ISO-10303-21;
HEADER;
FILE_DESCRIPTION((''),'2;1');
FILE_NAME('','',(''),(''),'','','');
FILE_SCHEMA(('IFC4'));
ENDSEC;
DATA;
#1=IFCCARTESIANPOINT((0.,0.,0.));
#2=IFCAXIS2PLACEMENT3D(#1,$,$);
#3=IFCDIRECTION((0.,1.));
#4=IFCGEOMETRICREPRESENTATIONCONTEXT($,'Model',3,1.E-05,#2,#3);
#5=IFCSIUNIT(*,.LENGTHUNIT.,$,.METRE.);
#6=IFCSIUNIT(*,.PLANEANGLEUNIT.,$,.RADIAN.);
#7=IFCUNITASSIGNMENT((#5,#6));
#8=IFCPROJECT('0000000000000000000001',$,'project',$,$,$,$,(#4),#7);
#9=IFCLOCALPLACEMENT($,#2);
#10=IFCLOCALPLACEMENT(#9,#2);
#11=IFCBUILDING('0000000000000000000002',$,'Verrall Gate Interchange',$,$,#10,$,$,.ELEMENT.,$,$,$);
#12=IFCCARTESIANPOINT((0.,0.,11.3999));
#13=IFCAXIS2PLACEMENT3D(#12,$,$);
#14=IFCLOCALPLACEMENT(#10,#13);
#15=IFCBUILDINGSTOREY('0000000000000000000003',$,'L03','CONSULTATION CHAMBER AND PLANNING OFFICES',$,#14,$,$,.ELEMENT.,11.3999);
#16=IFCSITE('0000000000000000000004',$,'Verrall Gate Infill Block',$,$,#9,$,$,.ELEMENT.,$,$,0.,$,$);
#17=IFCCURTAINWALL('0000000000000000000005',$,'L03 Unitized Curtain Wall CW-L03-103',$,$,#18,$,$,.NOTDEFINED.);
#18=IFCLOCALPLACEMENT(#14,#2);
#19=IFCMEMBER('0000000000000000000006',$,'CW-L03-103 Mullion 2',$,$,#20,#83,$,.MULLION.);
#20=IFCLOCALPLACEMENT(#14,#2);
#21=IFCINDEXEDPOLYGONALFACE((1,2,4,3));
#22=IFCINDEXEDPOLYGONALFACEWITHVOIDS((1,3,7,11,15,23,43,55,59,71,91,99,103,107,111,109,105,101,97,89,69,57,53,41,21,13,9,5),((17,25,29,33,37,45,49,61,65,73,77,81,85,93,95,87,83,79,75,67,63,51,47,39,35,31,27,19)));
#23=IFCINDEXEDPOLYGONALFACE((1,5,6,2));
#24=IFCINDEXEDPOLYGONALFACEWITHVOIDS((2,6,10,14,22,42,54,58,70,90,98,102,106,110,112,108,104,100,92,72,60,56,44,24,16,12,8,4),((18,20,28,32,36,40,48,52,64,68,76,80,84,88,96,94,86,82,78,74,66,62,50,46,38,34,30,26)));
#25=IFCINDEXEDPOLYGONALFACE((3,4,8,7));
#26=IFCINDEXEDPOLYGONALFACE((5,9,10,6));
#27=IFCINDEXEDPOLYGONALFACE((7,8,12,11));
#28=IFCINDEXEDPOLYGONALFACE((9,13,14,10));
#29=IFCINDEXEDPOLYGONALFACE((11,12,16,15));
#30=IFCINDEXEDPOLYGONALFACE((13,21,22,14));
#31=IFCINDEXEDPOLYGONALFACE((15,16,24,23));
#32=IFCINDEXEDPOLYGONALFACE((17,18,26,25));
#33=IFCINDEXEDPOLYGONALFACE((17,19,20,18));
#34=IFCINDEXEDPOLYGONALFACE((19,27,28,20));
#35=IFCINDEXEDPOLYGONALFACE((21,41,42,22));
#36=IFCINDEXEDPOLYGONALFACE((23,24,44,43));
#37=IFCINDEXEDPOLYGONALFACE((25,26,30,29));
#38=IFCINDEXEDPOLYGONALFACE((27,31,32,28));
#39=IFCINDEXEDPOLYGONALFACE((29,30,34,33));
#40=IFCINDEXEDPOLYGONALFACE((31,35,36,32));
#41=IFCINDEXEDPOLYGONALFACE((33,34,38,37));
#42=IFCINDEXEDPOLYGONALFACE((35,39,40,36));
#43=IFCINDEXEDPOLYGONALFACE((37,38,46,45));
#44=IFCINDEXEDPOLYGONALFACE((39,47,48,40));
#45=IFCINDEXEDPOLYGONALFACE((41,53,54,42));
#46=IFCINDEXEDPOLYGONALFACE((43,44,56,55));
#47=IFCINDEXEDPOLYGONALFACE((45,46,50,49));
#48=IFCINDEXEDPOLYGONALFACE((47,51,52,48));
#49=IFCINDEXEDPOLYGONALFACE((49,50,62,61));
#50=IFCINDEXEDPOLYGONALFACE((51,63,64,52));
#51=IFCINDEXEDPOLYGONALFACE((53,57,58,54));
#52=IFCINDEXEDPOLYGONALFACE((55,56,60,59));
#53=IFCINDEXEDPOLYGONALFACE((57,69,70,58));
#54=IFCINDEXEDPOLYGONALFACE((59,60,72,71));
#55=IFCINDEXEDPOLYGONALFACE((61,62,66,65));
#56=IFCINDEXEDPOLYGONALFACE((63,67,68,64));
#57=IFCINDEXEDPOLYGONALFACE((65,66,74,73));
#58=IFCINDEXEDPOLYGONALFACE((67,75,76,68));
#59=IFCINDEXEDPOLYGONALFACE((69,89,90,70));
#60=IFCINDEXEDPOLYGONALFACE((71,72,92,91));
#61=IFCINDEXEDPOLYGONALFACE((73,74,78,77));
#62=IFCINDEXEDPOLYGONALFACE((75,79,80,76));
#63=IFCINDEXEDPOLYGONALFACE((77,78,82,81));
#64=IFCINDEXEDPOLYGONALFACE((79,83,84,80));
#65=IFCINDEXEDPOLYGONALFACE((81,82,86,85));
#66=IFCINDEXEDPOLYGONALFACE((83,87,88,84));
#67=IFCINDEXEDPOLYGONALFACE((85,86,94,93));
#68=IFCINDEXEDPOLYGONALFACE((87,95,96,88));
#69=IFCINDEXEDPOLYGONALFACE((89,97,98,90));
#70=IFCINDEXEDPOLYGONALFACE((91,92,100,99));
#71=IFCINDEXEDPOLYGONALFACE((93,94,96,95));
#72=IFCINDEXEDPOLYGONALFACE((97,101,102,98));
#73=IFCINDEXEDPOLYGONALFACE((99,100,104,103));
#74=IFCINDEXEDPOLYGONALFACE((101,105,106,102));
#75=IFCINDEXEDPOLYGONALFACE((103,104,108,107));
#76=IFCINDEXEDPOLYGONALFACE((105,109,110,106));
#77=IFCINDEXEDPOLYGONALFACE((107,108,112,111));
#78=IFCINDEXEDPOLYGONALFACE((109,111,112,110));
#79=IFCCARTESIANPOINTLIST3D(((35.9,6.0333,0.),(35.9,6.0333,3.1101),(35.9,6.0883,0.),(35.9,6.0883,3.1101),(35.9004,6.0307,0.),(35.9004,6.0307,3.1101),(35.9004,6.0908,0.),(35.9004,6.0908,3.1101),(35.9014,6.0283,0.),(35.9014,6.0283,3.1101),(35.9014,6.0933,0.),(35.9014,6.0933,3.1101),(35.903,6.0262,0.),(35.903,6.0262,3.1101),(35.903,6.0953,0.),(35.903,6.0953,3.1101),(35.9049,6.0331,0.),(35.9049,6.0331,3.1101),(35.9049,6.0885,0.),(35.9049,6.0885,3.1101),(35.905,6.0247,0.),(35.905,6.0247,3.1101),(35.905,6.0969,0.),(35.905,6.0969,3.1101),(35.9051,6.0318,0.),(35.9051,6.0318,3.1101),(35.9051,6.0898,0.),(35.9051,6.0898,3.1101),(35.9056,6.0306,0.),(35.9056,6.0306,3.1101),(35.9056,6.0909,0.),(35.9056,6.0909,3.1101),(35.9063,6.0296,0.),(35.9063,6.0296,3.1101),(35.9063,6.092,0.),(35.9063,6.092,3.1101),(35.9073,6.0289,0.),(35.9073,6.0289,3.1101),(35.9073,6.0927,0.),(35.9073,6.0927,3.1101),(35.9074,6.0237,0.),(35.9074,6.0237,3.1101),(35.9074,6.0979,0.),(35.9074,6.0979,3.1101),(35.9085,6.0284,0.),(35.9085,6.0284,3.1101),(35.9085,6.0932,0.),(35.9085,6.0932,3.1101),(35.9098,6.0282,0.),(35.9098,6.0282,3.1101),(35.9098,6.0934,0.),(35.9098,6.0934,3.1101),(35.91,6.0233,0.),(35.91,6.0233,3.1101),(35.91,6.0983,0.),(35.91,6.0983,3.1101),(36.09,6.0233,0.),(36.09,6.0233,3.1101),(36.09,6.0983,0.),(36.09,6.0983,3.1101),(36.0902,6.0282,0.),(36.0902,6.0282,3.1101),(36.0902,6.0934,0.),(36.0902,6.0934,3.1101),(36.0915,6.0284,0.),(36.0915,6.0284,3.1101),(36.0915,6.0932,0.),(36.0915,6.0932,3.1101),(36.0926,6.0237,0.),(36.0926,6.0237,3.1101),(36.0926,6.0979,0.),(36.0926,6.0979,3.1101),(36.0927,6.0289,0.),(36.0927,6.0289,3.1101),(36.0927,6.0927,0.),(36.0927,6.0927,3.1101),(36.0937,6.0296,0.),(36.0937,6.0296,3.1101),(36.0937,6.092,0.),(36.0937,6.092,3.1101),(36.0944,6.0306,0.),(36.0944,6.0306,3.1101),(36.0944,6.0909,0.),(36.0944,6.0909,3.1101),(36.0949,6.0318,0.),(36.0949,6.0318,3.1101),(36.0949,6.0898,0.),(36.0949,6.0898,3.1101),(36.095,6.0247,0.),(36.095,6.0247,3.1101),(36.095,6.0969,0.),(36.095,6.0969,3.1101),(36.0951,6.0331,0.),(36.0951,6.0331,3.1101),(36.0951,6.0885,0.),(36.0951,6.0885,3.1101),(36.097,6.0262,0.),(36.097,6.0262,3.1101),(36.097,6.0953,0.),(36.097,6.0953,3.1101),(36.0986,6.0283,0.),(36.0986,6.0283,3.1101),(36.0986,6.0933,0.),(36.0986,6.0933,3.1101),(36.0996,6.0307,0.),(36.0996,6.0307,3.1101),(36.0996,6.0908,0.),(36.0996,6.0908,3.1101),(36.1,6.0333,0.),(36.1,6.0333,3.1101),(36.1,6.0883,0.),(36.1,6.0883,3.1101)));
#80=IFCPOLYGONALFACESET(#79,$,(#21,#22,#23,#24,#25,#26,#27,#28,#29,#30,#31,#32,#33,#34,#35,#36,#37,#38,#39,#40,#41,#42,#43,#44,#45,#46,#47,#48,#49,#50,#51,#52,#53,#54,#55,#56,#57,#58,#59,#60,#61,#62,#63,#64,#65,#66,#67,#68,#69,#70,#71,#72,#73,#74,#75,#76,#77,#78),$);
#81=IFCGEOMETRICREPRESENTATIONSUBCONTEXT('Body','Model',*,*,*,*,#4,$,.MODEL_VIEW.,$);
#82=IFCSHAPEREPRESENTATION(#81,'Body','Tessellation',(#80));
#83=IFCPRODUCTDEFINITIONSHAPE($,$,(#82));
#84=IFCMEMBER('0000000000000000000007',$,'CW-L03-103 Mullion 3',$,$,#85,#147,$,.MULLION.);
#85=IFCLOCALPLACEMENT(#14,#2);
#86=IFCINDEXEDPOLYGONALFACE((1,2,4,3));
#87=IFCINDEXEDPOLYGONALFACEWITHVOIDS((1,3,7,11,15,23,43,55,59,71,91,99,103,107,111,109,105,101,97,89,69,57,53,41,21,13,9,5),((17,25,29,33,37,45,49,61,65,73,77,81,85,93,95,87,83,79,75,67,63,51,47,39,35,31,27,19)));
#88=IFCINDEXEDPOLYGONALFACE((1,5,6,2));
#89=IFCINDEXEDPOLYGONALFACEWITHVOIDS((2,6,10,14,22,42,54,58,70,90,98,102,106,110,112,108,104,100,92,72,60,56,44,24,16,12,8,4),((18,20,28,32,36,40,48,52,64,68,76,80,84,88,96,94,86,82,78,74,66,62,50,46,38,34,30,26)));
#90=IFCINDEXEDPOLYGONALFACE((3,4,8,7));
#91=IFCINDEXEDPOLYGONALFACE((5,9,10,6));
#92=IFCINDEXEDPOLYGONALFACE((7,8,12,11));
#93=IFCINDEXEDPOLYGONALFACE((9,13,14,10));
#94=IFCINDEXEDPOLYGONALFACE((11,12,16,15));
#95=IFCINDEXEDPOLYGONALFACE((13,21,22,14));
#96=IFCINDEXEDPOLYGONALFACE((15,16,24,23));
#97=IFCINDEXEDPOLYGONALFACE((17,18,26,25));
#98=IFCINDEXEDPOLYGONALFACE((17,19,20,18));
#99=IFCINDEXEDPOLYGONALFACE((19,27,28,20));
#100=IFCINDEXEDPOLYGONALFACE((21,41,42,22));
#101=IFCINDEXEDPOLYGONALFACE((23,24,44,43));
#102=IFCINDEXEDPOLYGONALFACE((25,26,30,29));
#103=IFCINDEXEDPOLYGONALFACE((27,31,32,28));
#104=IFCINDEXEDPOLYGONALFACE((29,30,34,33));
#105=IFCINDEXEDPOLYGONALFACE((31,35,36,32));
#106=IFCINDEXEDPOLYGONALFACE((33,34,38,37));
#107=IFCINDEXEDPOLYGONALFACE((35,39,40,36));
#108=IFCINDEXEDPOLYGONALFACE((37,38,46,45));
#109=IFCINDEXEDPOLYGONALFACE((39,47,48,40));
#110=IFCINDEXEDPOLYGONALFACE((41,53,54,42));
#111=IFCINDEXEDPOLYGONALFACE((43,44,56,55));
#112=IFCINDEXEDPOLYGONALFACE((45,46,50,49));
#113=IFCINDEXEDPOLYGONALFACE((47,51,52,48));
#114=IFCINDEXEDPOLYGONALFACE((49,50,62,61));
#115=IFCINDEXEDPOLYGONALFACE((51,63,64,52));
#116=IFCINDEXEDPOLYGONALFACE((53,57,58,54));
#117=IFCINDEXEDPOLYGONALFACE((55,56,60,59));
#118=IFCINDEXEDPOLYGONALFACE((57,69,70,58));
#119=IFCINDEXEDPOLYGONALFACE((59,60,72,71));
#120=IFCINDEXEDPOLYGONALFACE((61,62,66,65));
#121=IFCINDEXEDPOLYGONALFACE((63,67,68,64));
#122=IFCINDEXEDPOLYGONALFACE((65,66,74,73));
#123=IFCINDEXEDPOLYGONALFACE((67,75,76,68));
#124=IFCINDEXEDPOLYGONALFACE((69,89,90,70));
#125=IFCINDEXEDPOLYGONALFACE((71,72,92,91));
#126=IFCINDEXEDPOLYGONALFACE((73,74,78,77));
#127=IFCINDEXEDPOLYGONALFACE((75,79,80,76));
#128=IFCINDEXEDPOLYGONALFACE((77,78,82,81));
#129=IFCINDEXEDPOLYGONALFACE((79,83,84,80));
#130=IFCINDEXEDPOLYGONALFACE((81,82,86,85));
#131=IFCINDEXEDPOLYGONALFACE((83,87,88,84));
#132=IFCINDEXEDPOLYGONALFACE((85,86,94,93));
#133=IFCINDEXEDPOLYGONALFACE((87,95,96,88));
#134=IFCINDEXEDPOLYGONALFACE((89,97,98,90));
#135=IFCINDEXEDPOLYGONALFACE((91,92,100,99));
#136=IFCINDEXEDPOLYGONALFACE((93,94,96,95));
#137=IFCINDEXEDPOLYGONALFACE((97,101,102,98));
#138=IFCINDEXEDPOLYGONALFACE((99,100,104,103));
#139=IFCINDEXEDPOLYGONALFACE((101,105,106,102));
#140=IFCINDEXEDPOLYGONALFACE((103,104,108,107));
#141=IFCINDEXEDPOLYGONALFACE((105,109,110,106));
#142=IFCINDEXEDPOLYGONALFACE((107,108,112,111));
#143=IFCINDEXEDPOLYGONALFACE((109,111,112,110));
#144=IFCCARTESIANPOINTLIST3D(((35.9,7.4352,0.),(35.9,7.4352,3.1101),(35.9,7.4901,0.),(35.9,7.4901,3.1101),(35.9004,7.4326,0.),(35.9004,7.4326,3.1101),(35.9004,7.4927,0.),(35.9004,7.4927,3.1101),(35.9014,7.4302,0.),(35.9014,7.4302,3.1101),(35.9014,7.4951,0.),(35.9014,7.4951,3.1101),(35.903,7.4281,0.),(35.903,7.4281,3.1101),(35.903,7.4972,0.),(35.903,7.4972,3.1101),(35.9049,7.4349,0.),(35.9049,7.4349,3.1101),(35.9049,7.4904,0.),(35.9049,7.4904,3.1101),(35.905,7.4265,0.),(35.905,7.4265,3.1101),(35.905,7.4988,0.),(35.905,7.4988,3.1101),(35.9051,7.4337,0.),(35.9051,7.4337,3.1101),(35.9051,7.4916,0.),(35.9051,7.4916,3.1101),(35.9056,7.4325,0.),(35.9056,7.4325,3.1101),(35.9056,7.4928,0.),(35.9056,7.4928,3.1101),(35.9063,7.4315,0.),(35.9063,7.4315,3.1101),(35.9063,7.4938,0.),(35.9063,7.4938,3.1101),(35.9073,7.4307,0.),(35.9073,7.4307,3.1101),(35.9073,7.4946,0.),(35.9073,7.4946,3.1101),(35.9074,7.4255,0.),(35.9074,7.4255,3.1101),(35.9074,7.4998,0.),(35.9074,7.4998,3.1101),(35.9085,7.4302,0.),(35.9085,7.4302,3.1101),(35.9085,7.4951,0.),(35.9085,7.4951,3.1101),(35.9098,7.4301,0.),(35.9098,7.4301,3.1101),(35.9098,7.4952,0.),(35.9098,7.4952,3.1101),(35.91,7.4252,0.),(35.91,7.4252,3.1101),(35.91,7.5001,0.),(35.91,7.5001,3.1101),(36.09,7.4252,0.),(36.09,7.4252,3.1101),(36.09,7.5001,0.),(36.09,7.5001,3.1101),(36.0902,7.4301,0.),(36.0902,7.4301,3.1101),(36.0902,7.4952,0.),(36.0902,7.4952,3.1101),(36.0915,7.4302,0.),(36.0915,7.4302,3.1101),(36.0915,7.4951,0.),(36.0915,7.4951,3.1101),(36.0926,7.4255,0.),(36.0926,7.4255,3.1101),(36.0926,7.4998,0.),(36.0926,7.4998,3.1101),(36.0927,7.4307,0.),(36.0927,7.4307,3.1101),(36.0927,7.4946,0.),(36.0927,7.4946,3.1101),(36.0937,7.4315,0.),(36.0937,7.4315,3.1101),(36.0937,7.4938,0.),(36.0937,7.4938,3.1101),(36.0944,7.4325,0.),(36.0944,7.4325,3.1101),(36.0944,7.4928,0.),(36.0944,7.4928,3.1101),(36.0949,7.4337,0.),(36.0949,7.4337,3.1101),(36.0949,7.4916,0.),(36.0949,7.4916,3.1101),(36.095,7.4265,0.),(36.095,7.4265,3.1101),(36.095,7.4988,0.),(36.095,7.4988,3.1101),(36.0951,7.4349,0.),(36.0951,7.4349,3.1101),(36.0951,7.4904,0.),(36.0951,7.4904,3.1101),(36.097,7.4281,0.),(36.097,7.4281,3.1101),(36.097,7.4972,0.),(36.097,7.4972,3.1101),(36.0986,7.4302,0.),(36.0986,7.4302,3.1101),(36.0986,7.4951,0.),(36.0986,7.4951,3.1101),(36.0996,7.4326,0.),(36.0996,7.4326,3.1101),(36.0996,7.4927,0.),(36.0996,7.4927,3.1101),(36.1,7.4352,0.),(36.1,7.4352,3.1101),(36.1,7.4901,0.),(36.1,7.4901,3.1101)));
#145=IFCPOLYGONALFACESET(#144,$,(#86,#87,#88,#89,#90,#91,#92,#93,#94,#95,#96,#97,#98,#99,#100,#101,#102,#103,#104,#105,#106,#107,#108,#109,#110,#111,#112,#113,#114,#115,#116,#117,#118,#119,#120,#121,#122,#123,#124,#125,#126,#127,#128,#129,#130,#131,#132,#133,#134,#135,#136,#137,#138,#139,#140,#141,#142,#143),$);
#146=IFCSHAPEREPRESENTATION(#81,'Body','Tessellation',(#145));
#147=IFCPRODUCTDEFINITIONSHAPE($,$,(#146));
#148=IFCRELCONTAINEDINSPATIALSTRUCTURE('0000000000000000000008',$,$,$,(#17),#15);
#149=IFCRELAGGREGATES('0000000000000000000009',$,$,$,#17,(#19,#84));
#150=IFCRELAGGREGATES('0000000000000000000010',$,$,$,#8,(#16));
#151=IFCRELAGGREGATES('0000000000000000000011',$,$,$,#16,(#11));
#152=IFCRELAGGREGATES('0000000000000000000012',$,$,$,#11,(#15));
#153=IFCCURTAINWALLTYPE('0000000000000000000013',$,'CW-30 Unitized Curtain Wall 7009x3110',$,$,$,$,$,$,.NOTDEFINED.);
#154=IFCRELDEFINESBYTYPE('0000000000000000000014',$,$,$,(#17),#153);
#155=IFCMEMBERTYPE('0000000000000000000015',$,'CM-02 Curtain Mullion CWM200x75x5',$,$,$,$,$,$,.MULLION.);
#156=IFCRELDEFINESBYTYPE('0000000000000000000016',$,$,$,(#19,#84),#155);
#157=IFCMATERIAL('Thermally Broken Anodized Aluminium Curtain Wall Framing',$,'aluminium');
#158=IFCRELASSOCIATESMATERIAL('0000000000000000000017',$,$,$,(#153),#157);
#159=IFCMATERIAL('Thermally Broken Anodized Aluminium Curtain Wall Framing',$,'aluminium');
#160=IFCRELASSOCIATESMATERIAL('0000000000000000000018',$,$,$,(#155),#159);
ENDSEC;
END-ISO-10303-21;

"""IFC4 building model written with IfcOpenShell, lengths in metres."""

from ifc_helpers import new_model, si_unit, direction, frame, origin, origin_2d, place, context, subcontext, project, spatial, hollow_rectangle, extrude, material, material_profile, profile_set, type_object, element, aggregate, save


model = new_model("IFC4")

# Units and contexts
model_context = context("Model", 3, precision=1e-05, world=origin(), true_north=direction((0.0, 1.0)))
body_context = subcontext(model_context, "Body", "Model", "MODEL_VIEW")
ifc_project = project(units=[si_unit("LENGTHUNIT", "METRE"), si_unit("PLANEANGLEUNIT", "RADIAN")], contexts=[model_context])

# Site, building, storey
site_placement = place(None, origin())
site = spatial("IfcSite", under=ifc_project, at=site_placement, Name="Verrall Gate Infill Block", CompositionType="ELEMENT", RefElevation=0.0)
building_placement = place(site_placement, origin())
building = spatial("IfcBuilding", under=site, at=building_placement, Name="Verrall Gate Interchange", CompositionType="ELEMENT")
storey_placement = place(building_placement, frame((0.0, 0.0, 11.3999)))
storey = spatial("IfcBuildingStorey", under=building, at=storey_placement, Name="L03", Description="CONSULTATION CHAMBER AND PLANNING OFFICES", CompositionType="ELEMENT", Elevation=11.3999)

# Curtain wall, members
ifc_material_1 = material(Name="Thermally Broken Anodized Aluminium Curtain Wall Framing", Category="aluminium")
curtain_wall_type_1 = type_object("IfcCurtainWallType", Name="CW-30 Unitized Curtain Wall 7009x3110", PredefinedType="NOTDEFINED", material=ifc_material_1)
curtain_wall_1_placement = place(storey_placement, origin())
curtain_wall_1 = element("IfcCurtainWall", 1, at=curtain_wall_1_placement, inside=storey, type_object=curtain_wall_type_1, Name="L03 Unitized Curtain Wall CW-L03-103", PredefinedType="NOTDEFINED")
ifc_material_2 = material(Name="Thermally Broken Anodized Aluminium Curtain Wall Framing", Category="aluminium")
ifc_material_profile_1 = material_profile(ifc_material_2, hollow_rectangle(XDim=0.075, YDim=0.2, WallThickness=0.0049, InnerFilletRadius=0.0049, OuterFilletRadius=0.01, at=origin_2d()), Name="CWM200x75x5")
ifc_profile_set_1 = profile_set([ifc_material_profile_1], Name="Thermally Broken Anodized Aluminium Curtain Wall Framing")
member_type_1 = type_object("IfcMemberType", Name="CM-02 Curtain Mullion CWM200x75x5", PredefinedType="MULLION", material=ifc_profile_set_1)
member_1_placement = place(storey_placement, frame((36.0, 6.0608, 0.0), z_axis=(0.0, 0.0, 1.0), x_axis=(0.0, 1.0, 0.0)))
member_1 = element("IfcMember", 2, at=member_1_placement, type_object=member_type_1, Name="CW-L03-103 Mullion 2", PredefinedType="MULLION", context=body_context, shape_type="SweptSolid", body=[
    extrude(hollow_rectangle(XDim=0.075, YDim=0.2, WallThickness=0.0049, InnerFilletRadius=0.0049, OuterFilletRadius=0.01, at=origin_2d()), origin(), (0.0, 0.0, 1.0), 3.1101),
])
member_2_placement = place(storey_placement, frame((36.0, 7.4626, 0.0), z_axis=(0.0, 0.0, 1.0), x_axis=(0.0, 1.0, 0.0)))
member_2 = element("IfcMember", 3, at=member_2_placement, type_object=member_type_1, Name="CW-L03-103 Mullion 3", PredefinedType="MULLION", context=body_context, shape_type="SweptSolid", body=[
    extrude(hollow_rectangle(XDim=0.075, YDim=0.2, WallThickness=0.0049, InnerFilletRadius=0.0049, OuterFilletRadius=0.01, at=origin_2d()), origin(), (0.0, 0.0, 1.0), 3.1101),
])

aggregate(curtain_wall_1, [member_1, member_2])

save(model, "model.ifc")
